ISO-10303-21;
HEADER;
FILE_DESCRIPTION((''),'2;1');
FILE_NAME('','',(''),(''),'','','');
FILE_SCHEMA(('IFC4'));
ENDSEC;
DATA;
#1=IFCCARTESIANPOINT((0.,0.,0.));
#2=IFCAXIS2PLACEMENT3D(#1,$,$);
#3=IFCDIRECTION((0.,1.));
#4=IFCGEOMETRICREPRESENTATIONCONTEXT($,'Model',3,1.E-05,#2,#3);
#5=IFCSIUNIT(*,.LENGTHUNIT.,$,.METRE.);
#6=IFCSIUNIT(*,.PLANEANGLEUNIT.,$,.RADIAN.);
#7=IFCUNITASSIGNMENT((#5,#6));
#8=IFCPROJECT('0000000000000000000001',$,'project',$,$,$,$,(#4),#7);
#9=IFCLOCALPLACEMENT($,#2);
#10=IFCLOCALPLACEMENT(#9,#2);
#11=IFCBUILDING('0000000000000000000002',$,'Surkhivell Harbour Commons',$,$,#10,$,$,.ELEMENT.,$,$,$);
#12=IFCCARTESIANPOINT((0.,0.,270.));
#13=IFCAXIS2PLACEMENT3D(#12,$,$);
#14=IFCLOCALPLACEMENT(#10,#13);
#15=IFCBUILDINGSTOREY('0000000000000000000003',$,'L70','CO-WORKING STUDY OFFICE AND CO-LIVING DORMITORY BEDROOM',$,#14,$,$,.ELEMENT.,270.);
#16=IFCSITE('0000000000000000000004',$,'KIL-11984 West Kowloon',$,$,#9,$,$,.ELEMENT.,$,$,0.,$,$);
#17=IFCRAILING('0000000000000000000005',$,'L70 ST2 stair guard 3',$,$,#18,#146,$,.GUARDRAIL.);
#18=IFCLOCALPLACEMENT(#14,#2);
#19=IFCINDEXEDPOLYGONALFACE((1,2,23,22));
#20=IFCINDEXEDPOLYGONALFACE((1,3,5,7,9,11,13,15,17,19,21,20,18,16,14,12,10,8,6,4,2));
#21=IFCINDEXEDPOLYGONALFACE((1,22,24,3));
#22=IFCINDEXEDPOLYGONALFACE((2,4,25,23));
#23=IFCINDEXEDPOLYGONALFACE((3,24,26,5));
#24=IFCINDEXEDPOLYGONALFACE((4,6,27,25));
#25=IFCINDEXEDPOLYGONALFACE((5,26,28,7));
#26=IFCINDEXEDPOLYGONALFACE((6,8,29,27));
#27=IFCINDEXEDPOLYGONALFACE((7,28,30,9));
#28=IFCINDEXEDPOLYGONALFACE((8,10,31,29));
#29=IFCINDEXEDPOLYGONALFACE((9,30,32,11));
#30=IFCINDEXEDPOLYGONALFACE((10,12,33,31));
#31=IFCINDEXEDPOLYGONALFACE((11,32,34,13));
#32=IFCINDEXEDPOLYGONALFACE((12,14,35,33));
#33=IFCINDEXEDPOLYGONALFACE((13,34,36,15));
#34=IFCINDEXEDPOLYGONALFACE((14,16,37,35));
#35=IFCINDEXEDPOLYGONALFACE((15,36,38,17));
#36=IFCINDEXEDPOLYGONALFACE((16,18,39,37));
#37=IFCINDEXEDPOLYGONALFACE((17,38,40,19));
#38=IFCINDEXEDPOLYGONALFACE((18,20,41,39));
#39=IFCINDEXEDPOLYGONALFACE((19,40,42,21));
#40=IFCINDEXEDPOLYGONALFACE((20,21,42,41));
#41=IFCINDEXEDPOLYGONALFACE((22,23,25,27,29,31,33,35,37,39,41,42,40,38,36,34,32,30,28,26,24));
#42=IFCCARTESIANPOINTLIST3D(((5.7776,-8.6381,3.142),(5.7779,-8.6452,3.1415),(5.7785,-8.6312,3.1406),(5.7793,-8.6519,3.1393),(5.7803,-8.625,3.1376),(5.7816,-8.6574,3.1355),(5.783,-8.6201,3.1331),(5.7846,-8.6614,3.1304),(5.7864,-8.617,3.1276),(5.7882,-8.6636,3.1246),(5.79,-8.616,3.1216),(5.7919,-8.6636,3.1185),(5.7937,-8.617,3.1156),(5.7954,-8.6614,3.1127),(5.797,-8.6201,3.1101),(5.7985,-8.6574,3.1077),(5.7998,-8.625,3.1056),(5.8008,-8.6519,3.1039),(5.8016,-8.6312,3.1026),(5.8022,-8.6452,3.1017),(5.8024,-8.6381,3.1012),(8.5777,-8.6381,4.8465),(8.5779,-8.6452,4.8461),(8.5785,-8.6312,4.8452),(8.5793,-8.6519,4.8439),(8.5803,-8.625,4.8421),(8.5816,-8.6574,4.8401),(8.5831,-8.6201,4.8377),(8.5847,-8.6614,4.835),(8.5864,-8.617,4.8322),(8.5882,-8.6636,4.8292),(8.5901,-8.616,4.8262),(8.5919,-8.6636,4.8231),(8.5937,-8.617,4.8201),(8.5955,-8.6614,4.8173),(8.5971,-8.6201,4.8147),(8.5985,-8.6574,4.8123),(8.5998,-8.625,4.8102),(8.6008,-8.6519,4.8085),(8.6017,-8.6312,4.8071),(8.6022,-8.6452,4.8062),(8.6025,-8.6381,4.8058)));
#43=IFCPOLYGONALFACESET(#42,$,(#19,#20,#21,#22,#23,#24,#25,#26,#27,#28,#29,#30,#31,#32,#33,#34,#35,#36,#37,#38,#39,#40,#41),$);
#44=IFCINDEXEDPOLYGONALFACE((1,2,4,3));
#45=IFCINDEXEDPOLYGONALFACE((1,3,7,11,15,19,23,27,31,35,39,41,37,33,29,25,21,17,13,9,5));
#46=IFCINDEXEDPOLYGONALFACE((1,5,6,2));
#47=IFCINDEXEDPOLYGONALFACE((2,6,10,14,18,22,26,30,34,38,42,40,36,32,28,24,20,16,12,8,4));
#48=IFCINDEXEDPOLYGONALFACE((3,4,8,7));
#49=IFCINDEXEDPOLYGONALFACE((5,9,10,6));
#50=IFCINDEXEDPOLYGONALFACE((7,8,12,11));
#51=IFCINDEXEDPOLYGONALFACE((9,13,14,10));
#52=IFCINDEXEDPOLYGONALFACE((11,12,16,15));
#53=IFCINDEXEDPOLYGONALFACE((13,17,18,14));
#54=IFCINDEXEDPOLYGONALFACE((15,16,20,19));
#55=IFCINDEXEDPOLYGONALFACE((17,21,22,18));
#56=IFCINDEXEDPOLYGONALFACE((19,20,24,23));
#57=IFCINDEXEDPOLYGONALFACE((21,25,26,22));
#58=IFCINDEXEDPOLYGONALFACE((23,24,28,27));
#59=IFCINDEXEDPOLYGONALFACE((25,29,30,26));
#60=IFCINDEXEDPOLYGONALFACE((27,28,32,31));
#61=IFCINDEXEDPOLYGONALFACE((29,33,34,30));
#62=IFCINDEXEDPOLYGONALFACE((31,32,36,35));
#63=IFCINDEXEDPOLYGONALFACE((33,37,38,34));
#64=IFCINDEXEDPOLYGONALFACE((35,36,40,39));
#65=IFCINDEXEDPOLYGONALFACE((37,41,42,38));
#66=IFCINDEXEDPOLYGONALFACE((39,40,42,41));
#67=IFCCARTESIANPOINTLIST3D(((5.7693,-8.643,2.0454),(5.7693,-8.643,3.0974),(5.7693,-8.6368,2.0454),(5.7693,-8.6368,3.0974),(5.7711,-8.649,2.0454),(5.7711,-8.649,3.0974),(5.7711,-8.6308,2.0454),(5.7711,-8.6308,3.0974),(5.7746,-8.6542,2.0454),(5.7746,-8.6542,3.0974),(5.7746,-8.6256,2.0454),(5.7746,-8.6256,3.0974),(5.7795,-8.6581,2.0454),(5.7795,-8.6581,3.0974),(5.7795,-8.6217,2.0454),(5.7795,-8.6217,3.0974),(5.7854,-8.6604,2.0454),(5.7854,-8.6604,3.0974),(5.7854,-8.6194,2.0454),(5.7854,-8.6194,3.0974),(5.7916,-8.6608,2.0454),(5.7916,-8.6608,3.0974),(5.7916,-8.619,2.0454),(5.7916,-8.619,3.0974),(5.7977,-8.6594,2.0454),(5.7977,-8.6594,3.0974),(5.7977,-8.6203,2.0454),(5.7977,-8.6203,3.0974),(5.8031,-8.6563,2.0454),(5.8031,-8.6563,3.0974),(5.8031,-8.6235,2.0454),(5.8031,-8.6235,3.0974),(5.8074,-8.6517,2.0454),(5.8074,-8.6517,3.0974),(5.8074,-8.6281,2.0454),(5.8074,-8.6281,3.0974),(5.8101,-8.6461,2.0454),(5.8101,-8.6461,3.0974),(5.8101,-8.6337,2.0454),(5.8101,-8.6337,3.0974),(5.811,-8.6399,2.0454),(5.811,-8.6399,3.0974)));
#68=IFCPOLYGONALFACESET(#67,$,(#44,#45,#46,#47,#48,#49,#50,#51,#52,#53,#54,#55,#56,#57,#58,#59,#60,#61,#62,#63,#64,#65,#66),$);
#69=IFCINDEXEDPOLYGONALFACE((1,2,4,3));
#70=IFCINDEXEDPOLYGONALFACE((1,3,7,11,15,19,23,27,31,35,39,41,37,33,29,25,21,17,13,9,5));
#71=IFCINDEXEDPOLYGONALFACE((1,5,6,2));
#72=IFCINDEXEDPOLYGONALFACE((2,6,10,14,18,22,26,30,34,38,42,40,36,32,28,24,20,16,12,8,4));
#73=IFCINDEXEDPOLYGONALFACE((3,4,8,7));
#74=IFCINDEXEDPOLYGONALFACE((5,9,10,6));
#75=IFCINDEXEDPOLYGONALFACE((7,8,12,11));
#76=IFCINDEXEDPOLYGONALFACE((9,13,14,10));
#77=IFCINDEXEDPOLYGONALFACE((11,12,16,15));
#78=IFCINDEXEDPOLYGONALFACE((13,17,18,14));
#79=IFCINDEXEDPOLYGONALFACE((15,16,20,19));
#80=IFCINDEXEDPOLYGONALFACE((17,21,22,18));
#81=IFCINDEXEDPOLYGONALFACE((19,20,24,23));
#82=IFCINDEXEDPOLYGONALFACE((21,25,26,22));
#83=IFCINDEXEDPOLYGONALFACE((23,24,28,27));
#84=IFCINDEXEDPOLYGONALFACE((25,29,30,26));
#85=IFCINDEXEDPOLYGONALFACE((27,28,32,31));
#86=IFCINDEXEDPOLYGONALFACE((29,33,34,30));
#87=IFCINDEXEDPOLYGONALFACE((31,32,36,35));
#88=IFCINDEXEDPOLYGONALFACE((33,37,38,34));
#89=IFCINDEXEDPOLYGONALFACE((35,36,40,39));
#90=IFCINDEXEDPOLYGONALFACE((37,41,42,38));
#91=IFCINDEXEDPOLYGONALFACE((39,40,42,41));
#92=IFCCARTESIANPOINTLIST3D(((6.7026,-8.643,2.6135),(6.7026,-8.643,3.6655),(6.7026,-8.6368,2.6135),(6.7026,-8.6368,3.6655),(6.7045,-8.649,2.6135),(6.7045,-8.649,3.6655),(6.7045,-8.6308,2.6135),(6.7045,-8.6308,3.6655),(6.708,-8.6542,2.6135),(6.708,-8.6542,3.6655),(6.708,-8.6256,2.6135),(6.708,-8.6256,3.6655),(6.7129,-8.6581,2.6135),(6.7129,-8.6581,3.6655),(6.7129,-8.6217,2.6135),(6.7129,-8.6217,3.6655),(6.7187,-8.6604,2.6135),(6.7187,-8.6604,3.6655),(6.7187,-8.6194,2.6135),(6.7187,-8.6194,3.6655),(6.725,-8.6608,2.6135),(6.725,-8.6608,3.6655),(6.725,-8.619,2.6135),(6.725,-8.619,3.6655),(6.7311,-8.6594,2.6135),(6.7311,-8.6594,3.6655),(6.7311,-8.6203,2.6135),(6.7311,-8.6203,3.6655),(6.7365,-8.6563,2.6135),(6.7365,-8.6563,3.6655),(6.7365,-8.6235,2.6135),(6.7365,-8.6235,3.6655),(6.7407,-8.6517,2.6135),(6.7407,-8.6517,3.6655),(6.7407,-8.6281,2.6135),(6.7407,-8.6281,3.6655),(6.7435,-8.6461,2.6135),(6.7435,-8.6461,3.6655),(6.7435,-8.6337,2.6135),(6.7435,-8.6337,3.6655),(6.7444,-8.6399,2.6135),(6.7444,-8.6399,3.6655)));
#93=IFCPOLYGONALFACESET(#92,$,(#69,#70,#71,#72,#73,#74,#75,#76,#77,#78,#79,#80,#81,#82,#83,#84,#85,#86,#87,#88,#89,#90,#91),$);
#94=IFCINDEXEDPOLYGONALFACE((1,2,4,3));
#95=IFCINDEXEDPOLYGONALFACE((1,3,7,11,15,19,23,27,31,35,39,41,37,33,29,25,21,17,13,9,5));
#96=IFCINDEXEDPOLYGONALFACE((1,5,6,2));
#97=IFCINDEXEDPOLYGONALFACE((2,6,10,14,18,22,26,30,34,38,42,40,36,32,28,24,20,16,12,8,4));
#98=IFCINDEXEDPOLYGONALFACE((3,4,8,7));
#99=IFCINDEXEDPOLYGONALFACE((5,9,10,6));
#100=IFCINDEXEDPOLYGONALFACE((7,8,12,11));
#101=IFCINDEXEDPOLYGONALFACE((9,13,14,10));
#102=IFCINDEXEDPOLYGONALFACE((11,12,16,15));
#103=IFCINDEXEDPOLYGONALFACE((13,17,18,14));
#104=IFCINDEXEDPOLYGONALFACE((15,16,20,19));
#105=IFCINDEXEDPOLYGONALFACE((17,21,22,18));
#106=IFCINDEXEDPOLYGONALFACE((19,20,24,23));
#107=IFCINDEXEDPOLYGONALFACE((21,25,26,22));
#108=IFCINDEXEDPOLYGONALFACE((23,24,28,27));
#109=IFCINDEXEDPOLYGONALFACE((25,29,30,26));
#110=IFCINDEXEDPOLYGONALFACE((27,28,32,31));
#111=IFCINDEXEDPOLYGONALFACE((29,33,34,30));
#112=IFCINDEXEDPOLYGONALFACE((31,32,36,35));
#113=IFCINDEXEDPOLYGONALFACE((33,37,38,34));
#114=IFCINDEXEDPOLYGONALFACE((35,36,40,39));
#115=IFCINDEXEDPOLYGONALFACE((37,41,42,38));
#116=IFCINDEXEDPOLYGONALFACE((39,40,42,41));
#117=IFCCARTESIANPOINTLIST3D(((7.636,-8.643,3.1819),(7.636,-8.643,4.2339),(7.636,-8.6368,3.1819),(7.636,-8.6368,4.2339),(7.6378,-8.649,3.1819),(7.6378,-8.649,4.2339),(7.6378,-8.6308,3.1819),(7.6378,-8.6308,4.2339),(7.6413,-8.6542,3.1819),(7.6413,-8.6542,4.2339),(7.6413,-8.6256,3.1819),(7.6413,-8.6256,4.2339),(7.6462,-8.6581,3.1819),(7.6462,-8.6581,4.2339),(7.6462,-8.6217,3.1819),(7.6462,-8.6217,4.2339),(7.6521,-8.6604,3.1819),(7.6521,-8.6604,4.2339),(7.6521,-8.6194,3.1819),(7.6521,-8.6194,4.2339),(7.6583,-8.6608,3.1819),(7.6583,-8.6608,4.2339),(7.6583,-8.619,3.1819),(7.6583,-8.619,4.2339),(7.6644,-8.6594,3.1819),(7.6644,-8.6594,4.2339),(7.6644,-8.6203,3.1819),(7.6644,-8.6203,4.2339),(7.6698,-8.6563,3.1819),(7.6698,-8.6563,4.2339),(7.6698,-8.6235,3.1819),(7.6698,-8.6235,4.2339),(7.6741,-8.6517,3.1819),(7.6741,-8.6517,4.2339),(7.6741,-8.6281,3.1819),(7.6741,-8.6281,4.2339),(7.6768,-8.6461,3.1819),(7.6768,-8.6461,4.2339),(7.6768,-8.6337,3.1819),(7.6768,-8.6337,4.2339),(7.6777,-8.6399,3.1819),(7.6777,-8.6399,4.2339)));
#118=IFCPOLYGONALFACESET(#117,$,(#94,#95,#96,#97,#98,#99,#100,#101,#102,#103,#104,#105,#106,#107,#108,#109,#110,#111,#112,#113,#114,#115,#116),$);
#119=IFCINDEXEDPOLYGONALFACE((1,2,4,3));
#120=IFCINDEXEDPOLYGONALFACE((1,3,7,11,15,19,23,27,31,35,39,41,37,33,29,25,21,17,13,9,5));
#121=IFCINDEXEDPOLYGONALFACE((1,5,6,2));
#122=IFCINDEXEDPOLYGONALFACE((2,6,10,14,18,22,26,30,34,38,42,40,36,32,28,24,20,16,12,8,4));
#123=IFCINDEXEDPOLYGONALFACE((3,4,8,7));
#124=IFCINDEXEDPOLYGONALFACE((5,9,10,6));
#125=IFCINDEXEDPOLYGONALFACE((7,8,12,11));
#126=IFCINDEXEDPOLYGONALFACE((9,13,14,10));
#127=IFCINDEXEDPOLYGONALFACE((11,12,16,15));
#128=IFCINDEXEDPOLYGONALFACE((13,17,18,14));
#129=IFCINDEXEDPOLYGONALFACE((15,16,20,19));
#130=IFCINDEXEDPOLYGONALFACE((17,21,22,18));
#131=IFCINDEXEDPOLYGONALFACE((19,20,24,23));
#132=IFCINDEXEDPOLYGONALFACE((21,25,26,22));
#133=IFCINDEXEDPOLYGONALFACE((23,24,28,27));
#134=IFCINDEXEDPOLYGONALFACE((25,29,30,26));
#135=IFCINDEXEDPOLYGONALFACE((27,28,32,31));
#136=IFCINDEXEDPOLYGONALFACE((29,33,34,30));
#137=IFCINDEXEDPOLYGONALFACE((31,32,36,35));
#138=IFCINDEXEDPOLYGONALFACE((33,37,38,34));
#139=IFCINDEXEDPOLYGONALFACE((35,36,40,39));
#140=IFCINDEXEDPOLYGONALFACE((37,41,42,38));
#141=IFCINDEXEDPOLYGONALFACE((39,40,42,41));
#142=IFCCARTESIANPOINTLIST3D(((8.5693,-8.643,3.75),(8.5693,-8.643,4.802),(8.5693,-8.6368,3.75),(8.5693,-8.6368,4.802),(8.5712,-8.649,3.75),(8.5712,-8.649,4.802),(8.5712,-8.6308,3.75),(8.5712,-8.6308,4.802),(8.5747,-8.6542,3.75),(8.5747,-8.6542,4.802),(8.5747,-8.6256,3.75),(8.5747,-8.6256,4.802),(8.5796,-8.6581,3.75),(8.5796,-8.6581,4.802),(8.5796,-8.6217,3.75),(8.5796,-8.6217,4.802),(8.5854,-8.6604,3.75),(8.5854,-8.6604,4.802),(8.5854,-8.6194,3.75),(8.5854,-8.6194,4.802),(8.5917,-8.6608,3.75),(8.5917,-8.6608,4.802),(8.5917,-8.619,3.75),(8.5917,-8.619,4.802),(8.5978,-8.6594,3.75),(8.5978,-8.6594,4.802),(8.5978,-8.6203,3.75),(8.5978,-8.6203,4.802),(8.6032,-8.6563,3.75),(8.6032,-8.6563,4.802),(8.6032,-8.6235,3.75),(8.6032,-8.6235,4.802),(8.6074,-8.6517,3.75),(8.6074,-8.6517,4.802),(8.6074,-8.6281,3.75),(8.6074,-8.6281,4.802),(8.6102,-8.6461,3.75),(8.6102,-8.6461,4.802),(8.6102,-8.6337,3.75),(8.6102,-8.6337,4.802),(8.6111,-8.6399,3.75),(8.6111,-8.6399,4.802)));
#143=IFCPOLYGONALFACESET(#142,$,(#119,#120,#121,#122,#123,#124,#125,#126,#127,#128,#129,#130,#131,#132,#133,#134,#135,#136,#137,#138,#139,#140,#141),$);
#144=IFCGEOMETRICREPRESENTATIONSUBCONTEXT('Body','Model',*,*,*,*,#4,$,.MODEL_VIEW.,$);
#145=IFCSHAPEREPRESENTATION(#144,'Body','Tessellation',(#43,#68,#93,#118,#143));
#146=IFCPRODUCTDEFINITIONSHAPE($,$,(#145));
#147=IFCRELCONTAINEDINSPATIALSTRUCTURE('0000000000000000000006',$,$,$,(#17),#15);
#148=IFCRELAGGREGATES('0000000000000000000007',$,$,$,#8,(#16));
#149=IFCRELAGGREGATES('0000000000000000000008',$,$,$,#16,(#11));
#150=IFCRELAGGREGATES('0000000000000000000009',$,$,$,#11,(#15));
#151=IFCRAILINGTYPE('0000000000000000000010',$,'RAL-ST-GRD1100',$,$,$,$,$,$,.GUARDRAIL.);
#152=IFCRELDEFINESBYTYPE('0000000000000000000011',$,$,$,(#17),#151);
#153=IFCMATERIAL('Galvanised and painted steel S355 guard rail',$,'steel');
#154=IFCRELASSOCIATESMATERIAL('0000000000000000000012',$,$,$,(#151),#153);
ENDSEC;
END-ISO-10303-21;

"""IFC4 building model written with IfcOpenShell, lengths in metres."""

from ifc_helpers import new_model, si_unit, direction, frame, origin, origin_2d, place, context, subcontext, project, spatial, circle, extrude, material, type_object, element, save


model = new_model("IFC4")

# Units and contexts
model_context = context("Model", 3, precision=1e-05, world=origin(), true_north=direction((0.0, 1.0)))
body_context = subcontext(model_context, "Body", "Model", "MODEL_VIEW")
ifc_project = project(units=[si_unit("LENGTHUNIT", "METRE"), si_unit("PLANEANGLEUNIT", "RADIAN")], contexts=[model_context])

# Site, building, storey
site_placement = place(None, origin())
site = spatial("IfcSite", under=ifc_project, at=site_placement, Name="KIL-11984 West Kowloon", CompositionType="ELEMENT", RefElevation=0.0)
building_placement = place(site_placement, origin())
building = spatial("IfcBuilding", under=site, at=building_placement, Name="Surkhivell Harbour Commons", CompositionType="ELEMENT")
storey_placement = place(building_placement, frame((0.0, 0.0, 270.0)))
storey = spatial("IfcBuildingStorey", under=building, at=storey_placement, Name="L70", Description="CO-WORKING STUDY OFFICE AND CO-LIVING DORMITORY BEDROOM", CompositionType="ELEMENT", Elevation=270.0)

# Railing
ifc_material_1 = material(Name="Galvanised and painted steel S355 guard rail", Category="steel")
railing_type_1 = type_object("IfcRailingType", Name="RAL-ST-GRD1100", PredefinedType="GUARDRAIL", material=ifc_material_1)
railing_1_placement = place(storey_placement, frame((5.79, -8.6399, 2.0454)))
element("IfcRailing", 1, at=railing_1_placement, inside=storey, type_object=railing_type_1, Name="L70 ST2 stair guard 3", PredefinedType="GUARDRAIL", context=body_context, shape_type="SweptSolid", body=[
    extrude(circle(Radius=0.0239, at=origin_2d()), frame((0.0, 0.0, 1.0762), z_axis=(0.85417, 0.0, 0.519994), x_axis=(0.0, 1.0, 0.0)), (0.0, 0.0, 1.0), 3.2781),
    extrude(circle(Radius=0.021, at=origin_2d()), origin(), (0.0, 0.0, 1.0), 1.052),
    extrude(circle(Radius=0.021, at=origin_2d()), frame((0.9333, 0.0, 0.5681)), (0.0, 0.0, 1.0), 1.052),
    extrude(circle(Radius=0.021, at=origin_2d()), frame((1.8667, 0.0, 1.1365)), (0.0, 0.0, 1.0), 1.052),
    extrude(circle(Radius=0.021, at=origin_2d()), frame((2.8, 0.0, 1.7046)), (0.0, 0.0, 1.0), 1.052),
])

save(model, "model.ifc")
